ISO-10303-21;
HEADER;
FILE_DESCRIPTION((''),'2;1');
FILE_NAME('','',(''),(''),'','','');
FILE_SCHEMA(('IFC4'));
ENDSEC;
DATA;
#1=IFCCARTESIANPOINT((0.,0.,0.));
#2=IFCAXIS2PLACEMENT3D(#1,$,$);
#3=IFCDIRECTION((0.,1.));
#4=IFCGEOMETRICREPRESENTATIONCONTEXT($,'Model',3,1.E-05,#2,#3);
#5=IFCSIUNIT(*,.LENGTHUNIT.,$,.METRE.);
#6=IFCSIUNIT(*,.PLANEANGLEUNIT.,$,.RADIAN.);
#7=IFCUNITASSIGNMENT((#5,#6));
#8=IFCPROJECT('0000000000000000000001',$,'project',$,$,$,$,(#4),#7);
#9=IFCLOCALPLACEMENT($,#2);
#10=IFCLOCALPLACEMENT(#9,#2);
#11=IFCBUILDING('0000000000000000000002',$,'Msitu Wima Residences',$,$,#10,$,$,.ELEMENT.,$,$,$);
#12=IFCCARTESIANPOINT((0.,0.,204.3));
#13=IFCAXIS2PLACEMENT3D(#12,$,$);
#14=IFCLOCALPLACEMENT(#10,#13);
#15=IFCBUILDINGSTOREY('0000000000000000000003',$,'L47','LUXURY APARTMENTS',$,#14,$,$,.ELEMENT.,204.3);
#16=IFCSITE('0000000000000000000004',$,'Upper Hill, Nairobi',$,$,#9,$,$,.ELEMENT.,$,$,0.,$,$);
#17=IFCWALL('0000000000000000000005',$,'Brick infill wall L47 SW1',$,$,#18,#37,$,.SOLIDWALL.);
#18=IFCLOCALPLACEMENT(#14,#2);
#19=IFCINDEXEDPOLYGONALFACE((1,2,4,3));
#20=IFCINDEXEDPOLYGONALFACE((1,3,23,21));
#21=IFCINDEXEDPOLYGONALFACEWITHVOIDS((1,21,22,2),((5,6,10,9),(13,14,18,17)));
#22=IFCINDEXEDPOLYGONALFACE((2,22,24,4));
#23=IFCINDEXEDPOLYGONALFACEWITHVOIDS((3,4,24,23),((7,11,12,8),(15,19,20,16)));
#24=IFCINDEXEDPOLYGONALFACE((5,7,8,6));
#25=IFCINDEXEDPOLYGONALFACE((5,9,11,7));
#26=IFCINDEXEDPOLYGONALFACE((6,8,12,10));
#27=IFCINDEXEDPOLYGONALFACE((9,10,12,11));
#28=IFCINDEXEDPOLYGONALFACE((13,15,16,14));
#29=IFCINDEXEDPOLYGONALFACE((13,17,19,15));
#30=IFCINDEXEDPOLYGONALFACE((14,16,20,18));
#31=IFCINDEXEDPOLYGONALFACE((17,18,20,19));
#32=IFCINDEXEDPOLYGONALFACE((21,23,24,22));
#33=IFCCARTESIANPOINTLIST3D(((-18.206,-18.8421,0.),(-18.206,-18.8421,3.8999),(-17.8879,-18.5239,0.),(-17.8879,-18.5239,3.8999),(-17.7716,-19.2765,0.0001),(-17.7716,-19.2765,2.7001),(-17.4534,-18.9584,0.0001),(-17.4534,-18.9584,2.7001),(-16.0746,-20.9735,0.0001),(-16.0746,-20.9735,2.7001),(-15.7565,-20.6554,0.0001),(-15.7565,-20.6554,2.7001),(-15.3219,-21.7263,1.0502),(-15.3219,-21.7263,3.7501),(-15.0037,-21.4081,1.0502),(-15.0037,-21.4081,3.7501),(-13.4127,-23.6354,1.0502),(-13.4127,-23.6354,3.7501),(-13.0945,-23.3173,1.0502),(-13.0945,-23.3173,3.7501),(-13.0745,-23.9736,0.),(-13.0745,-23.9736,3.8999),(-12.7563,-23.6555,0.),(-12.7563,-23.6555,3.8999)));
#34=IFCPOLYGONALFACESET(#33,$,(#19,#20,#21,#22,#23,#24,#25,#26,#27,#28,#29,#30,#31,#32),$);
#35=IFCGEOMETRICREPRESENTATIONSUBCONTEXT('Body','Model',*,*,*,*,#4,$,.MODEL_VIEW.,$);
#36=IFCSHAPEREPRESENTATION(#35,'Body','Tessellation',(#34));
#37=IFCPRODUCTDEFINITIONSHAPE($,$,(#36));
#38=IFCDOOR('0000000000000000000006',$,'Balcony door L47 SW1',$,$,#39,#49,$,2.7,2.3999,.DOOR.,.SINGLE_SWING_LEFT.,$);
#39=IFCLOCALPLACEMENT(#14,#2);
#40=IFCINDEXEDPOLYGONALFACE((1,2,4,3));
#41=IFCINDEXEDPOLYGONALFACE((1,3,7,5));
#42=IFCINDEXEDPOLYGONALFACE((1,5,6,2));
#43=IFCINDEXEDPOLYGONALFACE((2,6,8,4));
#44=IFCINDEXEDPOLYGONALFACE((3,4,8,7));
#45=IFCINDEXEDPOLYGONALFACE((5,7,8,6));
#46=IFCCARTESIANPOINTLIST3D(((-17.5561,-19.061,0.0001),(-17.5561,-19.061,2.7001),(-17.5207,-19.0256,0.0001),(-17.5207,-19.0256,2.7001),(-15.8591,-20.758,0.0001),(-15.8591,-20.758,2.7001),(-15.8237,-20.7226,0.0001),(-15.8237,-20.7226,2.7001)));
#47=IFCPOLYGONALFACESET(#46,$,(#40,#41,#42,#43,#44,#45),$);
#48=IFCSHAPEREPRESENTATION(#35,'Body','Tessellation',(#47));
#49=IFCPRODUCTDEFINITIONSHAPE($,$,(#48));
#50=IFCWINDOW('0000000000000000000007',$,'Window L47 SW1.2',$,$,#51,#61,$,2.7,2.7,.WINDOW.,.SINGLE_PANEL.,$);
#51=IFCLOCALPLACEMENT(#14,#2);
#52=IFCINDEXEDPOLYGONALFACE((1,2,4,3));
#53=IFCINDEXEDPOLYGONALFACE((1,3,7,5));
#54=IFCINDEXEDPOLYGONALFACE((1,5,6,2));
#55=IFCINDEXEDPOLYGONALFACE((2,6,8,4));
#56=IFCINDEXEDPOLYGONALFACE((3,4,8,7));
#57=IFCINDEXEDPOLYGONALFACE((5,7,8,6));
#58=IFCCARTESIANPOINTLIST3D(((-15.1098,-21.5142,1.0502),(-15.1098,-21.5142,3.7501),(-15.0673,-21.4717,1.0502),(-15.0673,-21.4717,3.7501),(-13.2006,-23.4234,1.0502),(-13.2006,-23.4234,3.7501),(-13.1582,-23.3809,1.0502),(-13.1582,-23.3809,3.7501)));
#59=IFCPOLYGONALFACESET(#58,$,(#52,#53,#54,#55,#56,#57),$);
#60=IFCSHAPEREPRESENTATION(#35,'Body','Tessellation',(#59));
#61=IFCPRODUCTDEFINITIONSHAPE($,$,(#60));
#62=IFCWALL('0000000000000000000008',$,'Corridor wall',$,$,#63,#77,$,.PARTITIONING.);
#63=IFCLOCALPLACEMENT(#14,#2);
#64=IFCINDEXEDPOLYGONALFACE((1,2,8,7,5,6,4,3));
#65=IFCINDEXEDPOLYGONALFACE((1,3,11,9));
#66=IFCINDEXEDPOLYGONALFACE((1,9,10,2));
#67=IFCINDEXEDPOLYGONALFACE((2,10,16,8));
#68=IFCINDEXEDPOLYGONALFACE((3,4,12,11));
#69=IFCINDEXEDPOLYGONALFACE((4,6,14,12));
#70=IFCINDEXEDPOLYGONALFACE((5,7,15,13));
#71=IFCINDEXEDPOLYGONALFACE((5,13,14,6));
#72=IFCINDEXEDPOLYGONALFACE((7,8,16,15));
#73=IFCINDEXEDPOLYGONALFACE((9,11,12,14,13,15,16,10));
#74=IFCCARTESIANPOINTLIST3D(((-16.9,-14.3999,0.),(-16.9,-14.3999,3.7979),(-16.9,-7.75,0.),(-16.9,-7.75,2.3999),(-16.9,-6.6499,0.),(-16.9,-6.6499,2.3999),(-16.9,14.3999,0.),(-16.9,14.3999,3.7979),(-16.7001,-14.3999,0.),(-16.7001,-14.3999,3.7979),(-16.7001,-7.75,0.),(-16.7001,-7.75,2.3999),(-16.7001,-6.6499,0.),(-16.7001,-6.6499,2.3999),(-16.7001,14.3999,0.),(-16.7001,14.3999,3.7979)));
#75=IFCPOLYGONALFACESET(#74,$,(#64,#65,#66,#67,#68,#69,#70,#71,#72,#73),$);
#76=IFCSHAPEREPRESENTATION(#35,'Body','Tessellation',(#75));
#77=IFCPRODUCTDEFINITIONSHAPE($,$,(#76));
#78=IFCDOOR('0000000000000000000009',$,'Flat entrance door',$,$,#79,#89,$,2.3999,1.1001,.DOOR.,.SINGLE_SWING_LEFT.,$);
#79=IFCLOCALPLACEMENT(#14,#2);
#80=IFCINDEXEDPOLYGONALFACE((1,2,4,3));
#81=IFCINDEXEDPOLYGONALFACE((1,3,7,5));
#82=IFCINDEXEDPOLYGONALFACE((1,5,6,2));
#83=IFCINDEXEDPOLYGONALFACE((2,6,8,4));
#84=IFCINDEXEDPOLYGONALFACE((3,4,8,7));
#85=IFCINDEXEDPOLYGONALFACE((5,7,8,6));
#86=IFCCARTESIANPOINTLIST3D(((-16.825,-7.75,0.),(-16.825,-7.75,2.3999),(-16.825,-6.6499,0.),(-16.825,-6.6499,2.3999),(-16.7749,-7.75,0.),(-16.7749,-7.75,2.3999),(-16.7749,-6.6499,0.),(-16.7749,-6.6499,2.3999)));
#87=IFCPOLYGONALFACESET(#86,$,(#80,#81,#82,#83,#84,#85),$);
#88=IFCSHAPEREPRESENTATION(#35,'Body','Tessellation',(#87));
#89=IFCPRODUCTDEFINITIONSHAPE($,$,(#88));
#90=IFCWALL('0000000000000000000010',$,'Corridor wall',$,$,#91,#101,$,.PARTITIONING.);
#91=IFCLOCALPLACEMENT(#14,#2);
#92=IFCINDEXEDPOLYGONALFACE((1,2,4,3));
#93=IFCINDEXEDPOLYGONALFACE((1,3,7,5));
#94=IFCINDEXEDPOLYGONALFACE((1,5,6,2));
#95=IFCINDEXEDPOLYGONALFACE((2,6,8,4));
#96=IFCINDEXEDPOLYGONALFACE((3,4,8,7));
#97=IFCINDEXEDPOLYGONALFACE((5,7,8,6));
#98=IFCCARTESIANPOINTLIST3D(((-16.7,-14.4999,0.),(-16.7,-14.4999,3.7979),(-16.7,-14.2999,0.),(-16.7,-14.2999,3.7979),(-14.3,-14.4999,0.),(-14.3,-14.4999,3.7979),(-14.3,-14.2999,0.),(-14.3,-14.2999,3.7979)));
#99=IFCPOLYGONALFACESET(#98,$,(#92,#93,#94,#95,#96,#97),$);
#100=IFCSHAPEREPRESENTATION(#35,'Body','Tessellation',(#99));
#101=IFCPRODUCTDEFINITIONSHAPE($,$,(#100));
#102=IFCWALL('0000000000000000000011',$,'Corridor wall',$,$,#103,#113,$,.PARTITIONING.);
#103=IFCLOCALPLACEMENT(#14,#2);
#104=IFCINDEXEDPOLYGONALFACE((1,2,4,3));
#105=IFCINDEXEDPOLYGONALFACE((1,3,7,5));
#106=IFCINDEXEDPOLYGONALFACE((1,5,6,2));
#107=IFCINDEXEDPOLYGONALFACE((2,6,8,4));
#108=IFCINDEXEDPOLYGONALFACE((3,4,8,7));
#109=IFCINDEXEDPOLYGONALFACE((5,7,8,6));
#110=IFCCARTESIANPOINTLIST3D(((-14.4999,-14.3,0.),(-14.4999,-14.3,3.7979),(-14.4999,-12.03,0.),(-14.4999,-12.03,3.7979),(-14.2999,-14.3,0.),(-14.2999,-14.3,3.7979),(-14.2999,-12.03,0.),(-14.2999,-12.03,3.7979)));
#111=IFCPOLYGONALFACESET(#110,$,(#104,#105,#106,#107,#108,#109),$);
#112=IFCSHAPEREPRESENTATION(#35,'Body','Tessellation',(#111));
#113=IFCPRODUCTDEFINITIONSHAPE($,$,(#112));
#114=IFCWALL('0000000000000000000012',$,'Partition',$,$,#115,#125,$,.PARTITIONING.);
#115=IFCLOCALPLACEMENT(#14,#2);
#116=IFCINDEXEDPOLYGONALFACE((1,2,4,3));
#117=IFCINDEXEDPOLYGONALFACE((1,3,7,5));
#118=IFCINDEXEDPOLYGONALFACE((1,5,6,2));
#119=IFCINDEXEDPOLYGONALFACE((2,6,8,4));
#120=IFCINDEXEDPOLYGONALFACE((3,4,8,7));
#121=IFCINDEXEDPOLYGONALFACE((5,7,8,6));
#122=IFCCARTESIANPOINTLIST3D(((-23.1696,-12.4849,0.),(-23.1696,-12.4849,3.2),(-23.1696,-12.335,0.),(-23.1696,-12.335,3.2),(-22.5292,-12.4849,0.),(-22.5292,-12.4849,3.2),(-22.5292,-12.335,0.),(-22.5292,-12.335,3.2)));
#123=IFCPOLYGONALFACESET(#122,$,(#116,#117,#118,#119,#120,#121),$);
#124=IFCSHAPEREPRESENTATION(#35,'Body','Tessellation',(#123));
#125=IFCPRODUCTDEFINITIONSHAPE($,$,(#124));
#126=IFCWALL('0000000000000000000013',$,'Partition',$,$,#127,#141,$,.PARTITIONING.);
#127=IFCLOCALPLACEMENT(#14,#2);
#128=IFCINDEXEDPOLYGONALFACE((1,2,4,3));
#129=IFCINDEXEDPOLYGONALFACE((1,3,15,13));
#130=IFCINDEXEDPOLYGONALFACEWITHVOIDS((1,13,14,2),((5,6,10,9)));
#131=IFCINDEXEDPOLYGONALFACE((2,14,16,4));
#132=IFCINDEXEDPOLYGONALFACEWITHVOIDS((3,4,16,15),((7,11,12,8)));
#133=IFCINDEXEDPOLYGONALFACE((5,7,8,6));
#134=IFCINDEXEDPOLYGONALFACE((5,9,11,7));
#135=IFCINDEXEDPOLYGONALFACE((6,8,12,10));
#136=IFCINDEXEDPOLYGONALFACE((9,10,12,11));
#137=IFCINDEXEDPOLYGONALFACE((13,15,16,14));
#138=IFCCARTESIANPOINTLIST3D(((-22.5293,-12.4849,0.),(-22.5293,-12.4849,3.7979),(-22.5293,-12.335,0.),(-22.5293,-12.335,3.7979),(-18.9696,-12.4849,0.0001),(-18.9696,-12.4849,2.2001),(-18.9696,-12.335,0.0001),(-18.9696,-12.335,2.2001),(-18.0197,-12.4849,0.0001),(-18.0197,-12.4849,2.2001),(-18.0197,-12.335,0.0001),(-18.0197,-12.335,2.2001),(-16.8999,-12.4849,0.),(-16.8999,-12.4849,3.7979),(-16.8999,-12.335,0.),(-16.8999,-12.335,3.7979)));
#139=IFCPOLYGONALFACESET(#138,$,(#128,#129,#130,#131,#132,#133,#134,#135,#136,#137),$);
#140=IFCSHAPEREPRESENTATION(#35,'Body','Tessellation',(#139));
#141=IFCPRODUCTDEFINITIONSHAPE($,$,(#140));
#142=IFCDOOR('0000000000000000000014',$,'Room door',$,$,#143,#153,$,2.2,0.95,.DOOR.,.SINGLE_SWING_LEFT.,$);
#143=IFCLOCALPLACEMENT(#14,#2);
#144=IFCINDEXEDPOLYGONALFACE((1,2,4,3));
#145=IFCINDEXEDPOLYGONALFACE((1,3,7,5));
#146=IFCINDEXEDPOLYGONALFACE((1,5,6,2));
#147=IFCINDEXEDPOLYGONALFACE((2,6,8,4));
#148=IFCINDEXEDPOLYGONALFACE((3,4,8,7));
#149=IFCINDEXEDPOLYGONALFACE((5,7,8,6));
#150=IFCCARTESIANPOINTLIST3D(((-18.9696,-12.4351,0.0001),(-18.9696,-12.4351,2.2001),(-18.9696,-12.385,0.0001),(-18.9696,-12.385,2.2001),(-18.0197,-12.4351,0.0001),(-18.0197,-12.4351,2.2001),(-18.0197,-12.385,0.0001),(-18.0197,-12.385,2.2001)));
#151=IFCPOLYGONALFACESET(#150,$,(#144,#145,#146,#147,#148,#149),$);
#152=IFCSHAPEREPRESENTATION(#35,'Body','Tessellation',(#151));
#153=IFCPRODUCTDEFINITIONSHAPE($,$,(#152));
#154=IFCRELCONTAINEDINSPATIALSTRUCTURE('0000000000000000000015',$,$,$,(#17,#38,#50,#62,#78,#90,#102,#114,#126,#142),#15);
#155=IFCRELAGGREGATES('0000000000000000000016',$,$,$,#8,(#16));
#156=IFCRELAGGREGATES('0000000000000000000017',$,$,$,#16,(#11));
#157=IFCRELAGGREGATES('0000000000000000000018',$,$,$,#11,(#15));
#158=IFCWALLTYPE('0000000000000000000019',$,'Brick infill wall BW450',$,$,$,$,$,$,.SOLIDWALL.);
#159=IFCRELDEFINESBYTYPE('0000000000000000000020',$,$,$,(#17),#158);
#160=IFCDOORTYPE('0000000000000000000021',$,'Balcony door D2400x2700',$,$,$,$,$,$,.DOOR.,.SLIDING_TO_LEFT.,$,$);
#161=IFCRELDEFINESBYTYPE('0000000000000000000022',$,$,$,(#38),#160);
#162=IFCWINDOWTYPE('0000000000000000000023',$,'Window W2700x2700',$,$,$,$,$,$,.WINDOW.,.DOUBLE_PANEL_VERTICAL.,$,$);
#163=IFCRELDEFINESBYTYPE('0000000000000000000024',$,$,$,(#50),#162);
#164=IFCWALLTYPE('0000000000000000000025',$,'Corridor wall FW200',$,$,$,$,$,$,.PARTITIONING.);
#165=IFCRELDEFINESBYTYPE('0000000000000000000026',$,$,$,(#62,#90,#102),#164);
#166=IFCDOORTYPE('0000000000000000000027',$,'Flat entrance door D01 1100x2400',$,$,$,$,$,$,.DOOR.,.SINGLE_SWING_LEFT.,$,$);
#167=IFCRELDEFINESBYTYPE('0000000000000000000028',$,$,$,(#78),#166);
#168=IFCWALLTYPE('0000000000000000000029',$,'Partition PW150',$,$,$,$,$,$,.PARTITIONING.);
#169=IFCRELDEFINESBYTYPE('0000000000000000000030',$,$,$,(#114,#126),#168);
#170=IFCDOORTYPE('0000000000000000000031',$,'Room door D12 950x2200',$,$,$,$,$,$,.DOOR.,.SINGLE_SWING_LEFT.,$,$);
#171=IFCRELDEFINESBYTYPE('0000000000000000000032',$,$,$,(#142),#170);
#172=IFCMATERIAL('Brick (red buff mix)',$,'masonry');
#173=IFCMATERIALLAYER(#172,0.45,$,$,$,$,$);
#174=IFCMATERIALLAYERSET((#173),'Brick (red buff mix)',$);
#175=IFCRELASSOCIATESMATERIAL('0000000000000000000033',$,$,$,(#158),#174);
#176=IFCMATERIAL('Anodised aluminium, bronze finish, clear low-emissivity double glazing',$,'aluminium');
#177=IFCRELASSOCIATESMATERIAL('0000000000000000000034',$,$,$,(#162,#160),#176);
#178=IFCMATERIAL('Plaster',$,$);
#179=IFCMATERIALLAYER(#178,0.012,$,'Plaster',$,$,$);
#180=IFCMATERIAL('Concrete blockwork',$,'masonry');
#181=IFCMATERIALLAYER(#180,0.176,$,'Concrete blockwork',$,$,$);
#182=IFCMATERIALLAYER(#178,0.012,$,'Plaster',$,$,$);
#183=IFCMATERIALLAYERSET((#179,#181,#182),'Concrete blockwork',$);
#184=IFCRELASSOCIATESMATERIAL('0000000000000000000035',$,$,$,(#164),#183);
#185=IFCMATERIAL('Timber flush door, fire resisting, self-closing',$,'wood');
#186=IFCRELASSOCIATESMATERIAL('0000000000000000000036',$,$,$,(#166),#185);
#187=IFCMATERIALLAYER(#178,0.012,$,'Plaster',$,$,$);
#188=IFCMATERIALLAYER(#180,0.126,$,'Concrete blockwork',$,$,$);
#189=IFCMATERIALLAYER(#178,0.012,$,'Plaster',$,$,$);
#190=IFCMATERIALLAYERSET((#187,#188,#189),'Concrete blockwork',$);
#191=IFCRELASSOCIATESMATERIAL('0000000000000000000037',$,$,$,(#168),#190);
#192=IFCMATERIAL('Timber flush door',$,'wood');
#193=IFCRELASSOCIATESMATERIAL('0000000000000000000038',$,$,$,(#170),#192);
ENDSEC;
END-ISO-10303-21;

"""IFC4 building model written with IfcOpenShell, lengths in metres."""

from ifc_helpers import new_model, si_unit, direction, frame, frame_2d, origin, place, context, subcontext, project, spatial, rectangle, extrude, material, layer, layer_set, type_object, element, fill, save


model = new_model("IFC4")

# Units and contexts
model_context = context("Model", 3, precision=1e-05, world=origin(), true_north=direction((0.0, 1.0)))
body_context = subcontext(model_context, "Body", "Model", "MODEL_VIEW")
ifc_project = project(units=[si_unit("LENGTHUNIT", "METRE"), si_unit("PLANEANGLEUNIT", "RADIAN")], contexts=[model_context])

# Site, building, storey
site_placement = place(None, origin())
site = spatial("IfcSite", under=ifc_project, at=site_placement, Name="Upper Hill, Nairobi", CompositionType="ELEMENT", RefElevation=0.0)
building_placement = place(site_placement, origin())
building = spatial("IfcBuilding", under=site, at=building_placement, Name="Msitu Wima Residences", CompositionType="ELEMENT")
storey_placement = place(building_placement, frame((0.0, 0.0, 204.3)))
storey = spatial("IfcBuildingStorey", under=building, at=storey_placement, Name="L47", Description="LUXURY APARTMENTS", CompositionType="ELEMENT", Elevation=204.3)

# Shared definitions
ifc_material_1 = material(Name="Brick (red buff mix)", Category="masonry")
ifc_layer_1 = layer(ifc_material_1, 0.45)
ifc_layer_set_1 = layer_set([ifc_layer_1], Name="Brick (red buff mix)")
wall_type_1 = type_object("IfcWallType", Name="Brick infill wall BW450", PredefinedType="SOLIDWALL", material=ifc_layer_set_1)
ifc_material_2 = material(Name="Anodised aluminium, bronze finish, clear low-emissivity double glazing", Category="aluminium")
window_type = type_object("IfcWindowType", Name="Window W2700x2700", PartitioningType="DOUBLE_PANEL_VERTICAL", PredefinedType="WINDOW", material=ifc_material_2)

# Wall, openings, door, window
wall_1_placement = place(storey_placement, frame((-18.0469, -18.6831, 0.0), z_axis=(0.0, 0.0, 1.0), x_axis=(0.707107, -0.707107, 0.0)))
wall_1 = element("IfcWall", 1, at=wall_1_placement, inside=storey, type_object=wall_type_1, Name="Brick infill wall L47 SW1", PredefinedType="SOLIDWALL", context=body_context, shape_type="SweptSolid", body=[
    extrude(rectangle(XDim=7.2571, YDim=0.45, at=frame_2d((3.6284, 0.0))), origin(), (0.0, 0.0, 1.0), 3.8999),
])
opening_1_placement = place(wall_1_placement, frame((0.6143, 0.0, 0.0)))
opening_1 = element("IfcOpeningElement", 2, at=opening_1_placement, cuts=wall_1, PredefinedType="OPENING", context=body_context, shape_type="SweptSolid", body=[
    extrude(rectangle(XDim=2.3999, YDim=2.7, at=frame_2d((1.2, 1.3501))), frame((0.0, 0.2349, 0.0), z_axis=(0.0, -1.0, 0.0), x_axis=(1.0, 0.0, 0.0)), (0.0, 0.0, 1.0), 0.47),
])
opening_2_placement = place(wall_1_placement, frame((4.0786, 0.0, 1.05)))
opening_2 = element("IfcOpeningElement", 3, at=opening_2_placement, cuts=wall_1, PredefinedType="OPENING", context=body_context, shape_type="SweptSolid", body=[
    extrude(rectangle(XDim=2.7, YDim=2.7, at=frame_2d((1.3501, 1.3501))), frame((0.0, 0.2349, 0.0), z_axis=(0.0, -1.0, 0.0), x_axis=(1.0, 0.0, 0.0)), (0.0, 0.0, 1.0), 0.47),
])
door_type_1 = type_object("IfcDoorType", Name="Balcony door D2400x2700", OperationType="SLIDING_TO_LEFT", PredefinedType="DOOR", material=ifc_material_2)
door_1_placement = place(opening_1_placement, origin())
door_1 = element("IfcDoor", 4, at=door_1_placement, inside=storey, type_object=door_type_1, Name="Balcony door L47 SW1", OperationType="SINGLE_SWING_LEFT", OverallHeight=2.7, OverallWidth=2.3999, PredefinedType="DOOR", context=body_context, shape_type="SweptSolid", body=[
    extrude(rectangle(XDim=2.3999, YDim=2.7, at=frame_2d((1.2, 1.3501))), frame((0.0, 0.1299, 0.0), z_axis=(0.0, -1.0, 0.0), x_axis=(1.0, 0.0, 0.0)), (0.0, 0.0, 1.0), 0.05),
])
fill(opening_1, door_1)
window_1_placement = place(opening_2_placement, origin())
window_1 = element("IfcWindow", 5, at=window_1_placement, inside=storey, type_object=window_type, Name="Window L47 SW1.2", OverallHeight=2.7, OverallWidth=2.7, PartitioningType="SINGLE_PANEL", PredefinedType="WINDOW", context=body_context, shape_type="SweptSolid", body=[
    extrude(rectangle(XDim=2.7, YDim=2.7, at=frame_2d((1.3501, 1.3501))), frame((0.0, 0.135, 0.0), z_axis=(0.0, -1.0, 0.0), x_axis=(1.0, 0.0, 0.0)), (0.0, 0.0, 1.0), 0.0601),
])
fill(opening_2, window_1)

# Wall, opening, door
ifc_material_3 = material(Name="Plaster")
ifc_layer_2 = layer(ifc_material_3, 0.012, Name="Plaster")
ifc_material_4 = material(Name="Concrete blockwork", Category="masonry")
ifc_layer_3 = layer(ifc_material_4, 0.176, Name="Concrete blockwork")
ifc_layer_4 = layer(ifc_material_3, 0.012, Name="Plaster")
ifc_layer_set_2 = layer_set([ifc_layer_2, ifc_layer_3, ifc_layer_4], Name="Concrete blockwork")
wall_type_2 = type_object("IfcWallType", Name="Corridor wall FW200", PredefinedType="PARTITIONING", material=ifc_layer_set_2)
wall_2_placement = place(storey_placement, frame((-16.8, -14.3999, 0.0), z_axis=(0.0, 0.0, 1.0), x_axis=(0.0, 1.0, 0.0)))
wall_2 = element("IfcWall", 6, at=wall_2_placement, inside=storey, type_object=wall_type_2, Name="Corridor wall", PredefinedType="PARTITIONING", context=body_context, shape_type="SweptSolid", body=[
    extrude(rectangle(XDim=28.7998, YDim=0.2, at=frame_2d((14.3999, 0.0))), origin(), (0.0, 0.0, 1.0), 3.7979),
])
opening_3_placement = place(wall_2_placement, frame((6.6499, 0.0, 0.0)))
opening_3 = element("IfcOpeningElement", 7, at=opening_3_placement, cuts=wall_2, PredefinedType="OPENING", context=body_context, shape_type="SweptSolid", body=[
    extrude(rectangle(XDim=1.1001, YDim=2.3999, at=frame_2d((0.55, 1.2))), frame((0.0, 0.1099, 0.0), z_axis=(0.0, -1.0, 0.0), x_axis=(1.0, 0.0, 0.0)), (0.0, 0.0, 1.0), 0.22),
])
ifc_material_5 = material(Name="Timber flush door, fire resisting, self-closing", Category="wood")
door_type_2 = type_object("IfcDoorType", Name="Flat entrance door D01 1100x2400", OperationType="SINGLE_SWING_LEFT", PredefinedType="DOOR", material=ifc_material_5)
door_2_placement = place(opening_3_placement, origin())
door_2 = element("IfcDoor", 8, at=door_2_placement, inside=storey, type_object=door_type_2, Name="Flat entrance door", OperationType="SINGLE_SWING_LEFT", OverallHeight=2.3999, OverallWidth=1.1001, PredefinedType="DOOR", context=body_context, shape_type="SweptSolid", body=[
    extrude(rectangle(XDim=1.1001, YDim=2.3999, at=frame_2d((0.55, 1.2))), frame((0.0, 0.0249, 0.0), z_axis=(0.0, -1.0, 0.0), x_axis=(1.0, 0.0, 0.0)), (0.0, 0.0, 1.0), 0.05),
])
fill(opening_3, door_2)

# Walls
wall_3_placement = place(storey_placement, frame((-16.7, -14.3999, 0.0), z_axis=(0.0, 0.0, 1.0), x_axis=(1.0, 0.0, 0.0)))
element("IfcWall", 9, at=wall_3_placement, inside=storey, type_object=wall_type_2, Name="Corridor wall", PredefinedType="PARTITIONING", context=body_context, shape_type="SweptSolid", body=[
    extrude(rectangle(XDim=2.3999, YDim=0.2, at=frame_2d((1.2, 0.0))), origin(), (0.0, 0.0, 1.0), 3.7979),
])
wall_4_placement = place(storey_placement, frame((-14.3999, -14.3, 0.0), z_axis=(0.0, 0.0, 1.0), x_axis=(0.0, 1.0, 0.0)))
element("IfcWall", 10, at=wall_4_placement, inside=storey, type_object=wall_type_2, Name="Corridor wall", PredefinedType="PARTITIONING", context=body_context, shape_type="SweptSolid", body=[
    extrude(rectangle(XDim=2.27, YDim=0.2, at=frame_2d((1.135, 0.0))), origin(), (0.0, 0.0, 1.0), 3.7979),
])
ifc_layer_5 = layer(ifc_material_3, 0.012, Name="Plaster")
ifc_layer_6 = layer(ifc_material_4, 0.126, Name="Concrete blockwork")
ifc_layer_7 = layer(ifc_material_3, 0.012, Name="Plaster")
ifc_layer_set_3 = layer_set([ifc_layer_5, ifc_layer_6, ifc_layer_7], Name="Concrete blockwork")
wall_type_3 = type_object("IfcWallType", Name="Partition PW150", PredefinedType="PARTITIONING", material=ifc_layer_set_3)
wall_5_placement = place(storey_placement, frame((-23.1697, -12.4099, 0.0), z_axis=(0.0, 0.0, 1.0), x_axis=(1.0, 0.0, 0.0)))
element("IfcWall", 11, at=wall_5_placement, inside=storey, type_object=wall_type_3, Name="Partition", PredefinedType="PARTITIONING", context=body_context, shape_type="SweptSolid", body=[
    extrude(rectangle(XDim=0.6404, YDim=0.1499, at=frame_2d((0.3203, 0.0))), origin(), (0.0, 0.0, 1.0), 3.2),
])

# Wall, opening, door
wall_6_placement = place(storey_placement, frame((-22.5293, -12.4099, 0.0), z_axis=(0.0, 0.0, 1.0), x_axis=(1.0, 0.0, 0.0)))
wall_6 = element("IfcWall", 12, at=wall_6_placement, inside=storey, type_object=wall_type_3, Name="Partition", PredefinedType="PARTITIONING", context=body_context, shape_type="SweptSolid", body=[
    extrude(rectangle(XDim=5.6294, YDim=0.1499, at=frame_2d((2.8147, 0.0))), origin(), (0.0, 0.0, 1.0), 3.7979),
])
opening_4_placement = place(wall_6_placement, frame((3.5596, 0.0, 0.0)))
opening_4 = element("IfcOpeningElement", 13, at=opening_4_placement, cuts=wall_6, PredefinedType="OPENING", context=body_context, shape_type="SweptSolid", body=[
    extrude(rectangle(XDim=0.95, YDim=2.2, at=frame_2d((0.4751, 1.1001))), frame((0.0, 0.085, 0.0), z_axis=(0.0, -1.0, 0.0), x_axis=(1.0, 0.0, 0.0)), (0.0, 0.0, 1.0), 0.1699),
])
ifc_material_6 = material(Name="Timber flush door", Category="wood")
door_type_3 = type_object("IfcDoorType", Name="Room door D12 950x2200", OperationType="SINGLE_SWING_LEFT", PredefinedType="DOOR", material=ifc_material_6)
door_3_placement = place(opening_4_placement, origin())
door_3 = element("IfcDoor", 14, at=door_3_placement, inside=storey, type_object=door_type_3, Name="Room door", OperationType="SINGLE_SWING_LEFT", OverallHeight=2.2, OverallWidth=0.95, PredefinedType="DOOR", context=body_context, shape_type="SweptSolid", body=[
    extrude(rectangle(XDim=0.95, YDim=2.2, at=frame_2d((0.4751, 1.1001))), frame((0.0, 0.0249, 0.0), z_axis=(0.0, -1.0, 0.0), x_axis=(1.0, 0.0, 0.0)), (0.0, 0.0, 1.0), 0.05),
])
fill(opening_4, door_3)

save(model, "model.ifc")
